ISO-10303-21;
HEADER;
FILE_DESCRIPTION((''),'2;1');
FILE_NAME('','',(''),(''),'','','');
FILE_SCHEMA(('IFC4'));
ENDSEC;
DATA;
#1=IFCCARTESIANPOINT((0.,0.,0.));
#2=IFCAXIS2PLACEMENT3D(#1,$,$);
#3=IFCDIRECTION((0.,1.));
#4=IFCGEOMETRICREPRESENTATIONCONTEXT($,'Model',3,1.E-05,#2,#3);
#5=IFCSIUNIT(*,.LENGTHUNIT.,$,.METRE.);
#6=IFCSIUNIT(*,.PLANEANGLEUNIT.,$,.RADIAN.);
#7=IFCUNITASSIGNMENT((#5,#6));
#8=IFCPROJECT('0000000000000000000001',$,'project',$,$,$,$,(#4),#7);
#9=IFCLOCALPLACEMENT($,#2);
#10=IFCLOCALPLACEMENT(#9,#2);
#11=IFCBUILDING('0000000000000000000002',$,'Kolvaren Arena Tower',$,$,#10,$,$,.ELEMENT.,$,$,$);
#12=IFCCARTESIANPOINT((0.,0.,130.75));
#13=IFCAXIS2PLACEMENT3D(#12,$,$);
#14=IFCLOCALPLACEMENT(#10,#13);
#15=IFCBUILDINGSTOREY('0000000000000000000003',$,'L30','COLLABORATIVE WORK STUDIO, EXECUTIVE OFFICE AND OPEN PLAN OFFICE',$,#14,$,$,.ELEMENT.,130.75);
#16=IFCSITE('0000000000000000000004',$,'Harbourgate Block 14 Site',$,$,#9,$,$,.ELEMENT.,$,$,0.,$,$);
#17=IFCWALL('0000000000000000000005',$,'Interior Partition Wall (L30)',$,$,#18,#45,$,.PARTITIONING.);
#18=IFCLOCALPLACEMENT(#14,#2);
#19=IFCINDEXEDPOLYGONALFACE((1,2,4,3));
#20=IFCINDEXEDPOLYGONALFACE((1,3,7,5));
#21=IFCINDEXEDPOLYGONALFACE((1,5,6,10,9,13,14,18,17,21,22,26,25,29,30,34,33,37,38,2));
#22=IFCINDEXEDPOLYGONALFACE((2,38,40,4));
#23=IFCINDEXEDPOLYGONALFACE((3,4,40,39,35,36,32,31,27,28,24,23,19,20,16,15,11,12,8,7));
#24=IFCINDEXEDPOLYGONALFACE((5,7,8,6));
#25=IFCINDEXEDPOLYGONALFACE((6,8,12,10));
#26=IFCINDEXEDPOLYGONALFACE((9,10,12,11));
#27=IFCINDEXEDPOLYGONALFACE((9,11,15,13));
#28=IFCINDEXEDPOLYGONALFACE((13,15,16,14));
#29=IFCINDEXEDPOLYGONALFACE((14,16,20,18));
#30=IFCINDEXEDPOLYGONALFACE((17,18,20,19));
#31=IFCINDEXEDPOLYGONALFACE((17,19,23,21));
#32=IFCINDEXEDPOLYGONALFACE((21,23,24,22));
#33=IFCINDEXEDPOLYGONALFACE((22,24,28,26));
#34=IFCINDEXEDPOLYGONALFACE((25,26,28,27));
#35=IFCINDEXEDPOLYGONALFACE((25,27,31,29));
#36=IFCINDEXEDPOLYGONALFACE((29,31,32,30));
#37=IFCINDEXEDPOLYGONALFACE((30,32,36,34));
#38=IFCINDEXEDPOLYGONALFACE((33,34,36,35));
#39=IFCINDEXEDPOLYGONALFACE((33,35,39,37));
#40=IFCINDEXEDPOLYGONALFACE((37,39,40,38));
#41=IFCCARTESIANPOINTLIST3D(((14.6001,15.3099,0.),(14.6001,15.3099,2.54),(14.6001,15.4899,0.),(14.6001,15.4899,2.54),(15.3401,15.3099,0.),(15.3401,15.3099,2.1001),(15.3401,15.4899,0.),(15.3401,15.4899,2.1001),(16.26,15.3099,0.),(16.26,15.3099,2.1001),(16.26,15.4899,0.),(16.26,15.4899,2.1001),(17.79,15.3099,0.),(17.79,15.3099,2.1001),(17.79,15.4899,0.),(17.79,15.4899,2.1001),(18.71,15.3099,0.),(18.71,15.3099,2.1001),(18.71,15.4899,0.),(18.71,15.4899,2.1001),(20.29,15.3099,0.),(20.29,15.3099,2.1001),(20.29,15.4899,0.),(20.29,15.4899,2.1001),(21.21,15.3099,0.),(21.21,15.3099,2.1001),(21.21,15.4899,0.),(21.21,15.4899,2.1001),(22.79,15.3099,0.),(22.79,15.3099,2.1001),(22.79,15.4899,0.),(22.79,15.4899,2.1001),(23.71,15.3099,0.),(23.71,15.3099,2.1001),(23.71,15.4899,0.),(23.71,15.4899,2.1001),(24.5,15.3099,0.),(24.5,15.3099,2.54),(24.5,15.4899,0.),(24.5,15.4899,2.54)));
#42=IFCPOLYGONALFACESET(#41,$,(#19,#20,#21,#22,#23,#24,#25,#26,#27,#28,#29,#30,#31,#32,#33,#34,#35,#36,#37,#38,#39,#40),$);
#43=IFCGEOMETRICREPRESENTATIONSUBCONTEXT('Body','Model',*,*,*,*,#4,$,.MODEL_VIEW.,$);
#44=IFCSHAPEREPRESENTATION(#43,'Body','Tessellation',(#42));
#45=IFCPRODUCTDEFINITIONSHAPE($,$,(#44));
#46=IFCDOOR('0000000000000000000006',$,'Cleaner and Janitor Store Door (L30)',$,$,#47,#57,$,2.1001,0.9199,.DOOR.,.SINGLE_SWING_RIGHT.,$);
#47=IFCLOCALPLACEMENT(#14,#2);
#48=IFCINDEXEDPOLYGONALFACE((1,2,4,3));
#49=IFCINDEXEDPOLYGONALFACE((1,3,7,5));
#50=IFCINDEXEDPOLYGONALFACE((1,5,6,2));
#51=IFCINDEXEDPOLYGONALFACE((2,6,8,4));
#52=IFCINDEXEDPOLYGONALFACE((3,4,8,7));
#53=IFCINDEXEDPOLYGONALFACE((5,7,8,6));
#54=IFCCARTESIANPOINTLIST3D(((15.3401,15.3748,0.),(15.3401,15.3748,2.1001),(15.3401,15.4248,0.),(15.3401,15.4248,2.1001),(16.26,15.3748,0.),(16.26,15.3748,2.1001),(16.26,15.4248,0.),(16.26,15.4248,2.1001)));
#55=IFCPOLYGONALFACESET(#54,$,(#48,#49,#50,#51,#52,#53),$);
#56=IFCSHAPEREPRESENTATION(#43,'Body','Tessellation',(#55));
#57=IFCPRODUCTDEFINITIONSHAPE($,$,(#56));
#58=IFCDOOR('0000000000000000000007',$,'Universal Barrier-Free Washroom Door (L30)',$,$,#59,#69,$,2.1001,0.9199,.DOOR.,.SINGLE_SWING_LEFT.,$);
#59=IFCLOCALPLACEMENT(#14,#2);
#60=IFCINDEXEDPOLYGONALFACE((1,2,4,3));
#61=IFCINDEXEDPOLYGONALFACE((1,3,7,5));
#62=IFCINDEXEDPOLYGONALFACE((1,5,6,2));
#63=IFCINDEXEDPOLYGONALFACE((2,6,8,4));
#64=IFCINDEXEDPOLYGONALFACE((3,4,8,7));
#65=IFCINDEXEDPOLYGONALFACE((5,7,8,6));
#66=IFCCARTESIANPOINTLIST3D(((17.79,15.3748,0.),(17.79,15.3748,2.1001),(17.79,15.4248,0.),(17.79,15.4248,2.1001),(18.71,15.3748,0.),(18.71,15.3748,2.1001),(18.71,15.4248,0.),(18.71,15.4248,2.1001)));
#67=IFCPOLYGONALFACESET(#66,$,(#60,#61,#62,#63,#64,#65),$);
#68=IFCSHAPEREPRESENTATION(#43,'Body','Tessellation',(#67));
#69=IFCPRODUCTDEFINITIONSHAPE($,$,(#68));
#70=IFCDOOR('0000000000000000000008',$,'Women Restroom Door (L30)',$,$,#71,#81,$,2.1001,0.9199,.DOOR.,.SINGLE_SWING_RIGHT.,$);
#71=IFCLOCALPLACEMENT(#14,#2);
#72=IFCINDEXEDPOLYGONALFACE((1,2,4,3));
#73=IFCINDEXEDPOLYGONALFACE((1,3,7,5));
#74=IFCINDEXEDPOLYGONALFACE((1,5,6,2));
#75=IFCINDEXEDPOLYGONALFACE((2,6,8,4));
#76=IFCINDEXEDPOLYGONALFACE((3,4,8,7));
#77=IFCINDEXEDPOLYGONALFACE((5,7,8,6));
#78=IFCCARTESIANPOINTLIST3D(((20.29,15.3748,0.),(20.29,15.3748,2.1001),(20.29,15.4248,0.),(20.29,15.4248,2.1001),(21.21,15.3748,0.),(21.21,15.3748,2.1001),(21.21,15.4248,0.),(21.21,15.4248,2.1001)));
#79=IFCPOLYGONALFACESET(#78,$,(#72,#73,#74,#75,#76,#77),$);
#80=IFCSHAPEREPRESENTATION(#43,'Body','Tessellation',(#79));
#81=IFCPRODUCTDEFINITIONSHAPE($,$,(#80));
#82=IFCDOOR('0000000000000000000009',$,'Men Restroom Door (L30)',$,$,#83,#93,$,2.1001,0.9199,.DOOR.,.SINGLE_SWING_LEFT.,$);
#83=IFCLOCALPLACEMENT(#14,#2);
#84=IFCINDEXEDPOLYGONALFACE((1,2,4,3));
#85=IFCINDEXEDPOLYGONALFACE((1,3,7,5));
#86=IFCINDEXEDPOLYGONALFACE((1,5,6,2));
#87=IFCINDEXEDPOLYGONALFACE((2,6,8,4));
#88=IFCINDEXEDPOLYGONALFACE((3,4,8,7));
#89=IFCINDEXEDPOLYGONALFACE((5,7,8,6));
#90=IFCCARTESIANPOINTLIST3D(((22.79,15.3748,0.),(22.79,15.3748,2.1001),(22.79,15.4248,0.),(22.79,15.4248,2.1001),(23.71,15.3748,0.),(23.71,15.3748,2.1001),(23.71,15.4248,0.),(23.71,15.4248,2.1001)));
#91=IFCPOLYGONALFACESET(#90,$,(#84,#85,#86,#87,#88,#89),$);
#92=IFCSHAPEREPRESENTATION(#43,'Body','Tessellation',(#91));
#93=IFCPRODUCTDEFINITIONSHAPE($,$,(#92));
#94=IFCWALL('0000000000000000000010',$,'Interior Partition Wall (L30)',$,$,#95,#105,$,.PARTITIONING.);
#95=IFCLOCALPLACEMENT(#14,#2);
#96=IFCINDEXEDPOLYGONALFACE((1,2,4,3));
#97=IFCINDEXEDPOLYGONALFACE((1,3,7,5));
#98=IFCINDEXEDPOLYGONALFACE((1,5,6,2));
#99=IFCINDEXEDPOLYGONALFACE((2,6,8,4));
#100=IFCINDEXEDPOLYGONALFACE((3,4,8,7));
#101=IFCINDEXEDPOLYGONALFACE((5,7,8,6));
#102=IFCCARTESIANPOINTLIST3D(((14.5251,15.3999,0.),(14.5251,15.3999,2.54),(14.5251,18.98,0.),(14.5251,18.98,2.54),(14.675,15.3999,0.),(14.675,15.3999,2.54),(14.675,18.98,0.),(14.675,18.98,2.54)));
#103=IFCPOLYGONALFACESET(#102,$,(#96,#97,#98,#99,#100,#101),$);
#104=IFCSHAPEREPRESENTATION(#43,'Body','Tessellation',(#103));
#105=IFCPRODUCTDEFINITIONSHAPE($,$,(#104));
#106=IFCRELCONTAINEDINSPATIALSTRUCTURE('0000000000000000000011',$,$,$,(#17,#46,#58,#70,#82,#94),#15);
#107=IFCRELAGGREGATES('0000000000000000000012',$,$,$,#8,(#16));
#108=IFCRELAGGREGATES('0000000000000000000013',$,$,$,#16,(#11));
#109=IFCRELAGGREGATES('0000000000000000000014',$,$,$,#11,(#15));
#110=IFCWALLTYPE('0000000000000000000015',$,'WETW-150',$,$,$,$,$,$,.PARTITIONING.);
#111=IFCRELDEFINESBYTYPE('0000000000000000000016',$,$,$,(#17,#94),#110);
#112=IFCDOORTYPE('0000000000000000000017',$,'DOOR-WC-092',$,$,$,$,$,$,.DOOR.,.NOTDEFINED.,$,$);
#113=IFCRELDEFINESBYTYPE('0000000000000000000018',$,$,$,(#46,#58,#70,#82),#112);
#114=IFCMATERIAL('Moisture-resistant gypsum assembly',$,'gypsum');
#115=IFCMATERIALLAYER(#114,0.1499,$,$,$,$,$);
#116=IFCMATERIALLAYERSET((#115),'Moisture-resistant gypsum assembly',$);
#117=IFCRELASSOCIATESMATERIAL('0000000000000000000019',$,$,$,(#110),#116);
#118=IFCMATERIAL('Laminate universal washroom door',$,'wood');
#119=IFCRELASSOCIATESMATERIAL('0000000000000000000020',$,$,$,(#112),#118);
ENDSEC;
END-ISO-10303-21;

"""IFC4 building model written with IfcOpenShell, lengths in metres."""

from ifc_helpers import new_model, si_unit, direction, frame, frame_2d, origin, place, context, subcontext, project, spatial, rectangle, extrude, material, layer, layer_set, type_object, element, fill, save


model = new_model("IFC4")

# Units and contexts
model_context = context("Model", 3, precision=1e-05, world=origin(), true_north=direction((0.0, 1.0)))
body_context = subcontext(model_context, "Body", "Model", "MODEL_VIEW")
ifc_project = project(units=[si_unit("LENGTHUNIT", "METRE"), si_unit("PLANEANGLEUNIT", "RADIAN")], contexts=[model_context])

# Site, building, storey
site_placement = place(None, origin())
site = spatial("IfcSite", under=ifc_project, at=site_placement, Name="Harbourgate Block 14 Site", CompositionType="ELEMENT", RefElevation=0.0)
building_placement = place(site_placement, origin())
building = spatial("IfcBuilding", under=site, at=building_placement, Name="Kolvaren Arena Tower", CompositionType="ELEMENT")
storey_placement = place(building_placement, frame((0.0, 0.0, 130.75)))
storey = spatial("IfcBuildingStorey", under=building, at=storey_placement, Name="L30", Description="COLLABORATIVE WORK STUDIO, EXECUTIVE OFFICE AND OPEN PLAN OFFICE", CompositionType="ELEMENT", Elevation=130.75)

# Wall, openings, doors
ifc_material_1 = material(Name="Moisture-resistant gypsum assembly", Category="gypsum")
ifc_layer_1 = layer(ifc_material_1, 0.1499)
ifc_layer_set_1 = layer_set([ifc_layer_1], Name="Moisture-resistant gypsum assembly")
wall_type_1 = type_object("IfcWallType", Name="WETW-150", PredefinedType="PARTITIONING", material=ifc_layer_set_1)
wall_1_placement = place(storey_placement, frame((14.6001, 15.3999, 0.0), z_axis=(0.0, 0.0, 1.0), x_axis=(1.0, 0.0, 0.0)))
wall_1 = element("IfcWall", 1, at=wall_1_placement, inside=storey, type_object=wall_type_1, Name="Interior Partition Wall (L30)", PredefinedType="PARTITIONING", context=body_context, shape_type="SweptSolid", body=[
    extrude(rectangle(XDim=9.8999, YDim=0.1799, at=frame_2d((4.95, 0.0))), origin(), (0.0, 0.0, 1.0), 2.54),
])
opening_1_placement = place(wall_1_placement, frame((0.74, 0.0, 0.0)))
opening_1 = element("IfcOpeningElement", 2, at=opening_1_placement, cuts=wall_1, PredefinedType="OPENING", context=body_context, shape_type="SweptSolid", body=[
    extrude(rectangle(XDim=0.9199, YDim=2.1001, at=frame_2d((0.46, 1.05))), frame((0.0, 0.0999, 0.0), z_axis=(0.0, -1.0, 0.0), x_axis=(1.0, 0.0, 0.0)), (0.0, 0.0, 1.0), 0.2),
])
opening_2_placement = place(wall_1_placement, frame((3.1899, 0.0, 0.0)))
opening_2 = element("IfcOpeningElement", 3, at=opening_2_placement, cuts=wall_1, PredefinedType="OPENING", context=body_context, shape_type="SweptSolid", body=[
    extrude(rectangle(XDim=0.9199, YDim=2.1001, at=frame_2d((0.46, 1.05))), frame((0.0, 0.0999, 0.0), z_axis=(0.0, -1.0, 0.0), x_axis=(1.0, 0.0, 0.0)), (0.0, 0.0, 1.0), 0.2),
])
opening_3_placement = place(wall_1_placement, frame((5.6899, 0.0, 0.0)))
opening_3 = element("IfcOpeningElement", 4, at=opening_3_placement, cuts=wall_1, PredefinedType="OPENING", context=body_context, shape_type="SweptSolid", body=[
    extrude(rectangle(XDim=0.9199, YDim=2.1001, at=frame_2d((0.46, 1.05))), frame((0.0, 0.0999, 0.0), z_axis=(0.0, -1.0, 0.0), x_axis=(1.0, 0.0, 0.0)), (0.0, 0.0, 1.0), 0.2),
])
opening_4_placement = place(wall_1_placement, frame((8.1899, 0.0, 0.0)))
opening_4 = element("IfcOpeningElement", 5, at=opening_4_placement, cuts=wall_1, PredefinedType="OPENING", context=body_context, shape_type="SweptSolid", body=[
    extrude(rectangle(XDim=0.9199, YDim=2.1001, at=frame_2d((0.46, 1.05))), frame((0.0, 0.0999, 0.0), z_axis=(0.0, -1.0, 0.0), x_axis=(1.0, 0.0, 0.0)), (0.0, 0.0, 1.0), 0.2),
])
ifc_material_2 = material(Name="Laminate universal washroom door", Category="wood")
door_type_1 = type_object("IfcDoorType", Name="DOOR-WC-092", OperationType="NOTDEFINED", PredefinedType="DOOR", material=ifc_material_2)
door_1_placement = place(opening_1_placement, origin())
door_1 = element("IfcDoor", 6, at=door_1_placement, inside=storey, type_object=door_type_1, Name="Cleaner and Janitor Store Door (L30)", OperationType="SINGLE_SWING_RIGHT", OverallHeight=2.1001, OverallWidth=0.9199, PredefinedType="DOOR", context=body_context, shape_type="SweptSolid", body=[
    extrude(rectangle(XDim=0.9199, YDim=2.1001, at=frame_2d((0.46, 1.05))), frame((0.0, 0.0249, 0.0), z_axis=(0.0, -1.0, 0.0), x_axis=(1.0, 0.0, 0.0)), (0.0, 0.0, 1.0), 0.05),
])
fill(opening_1, door_1)
door_2_placement = place(opening_2_placement, origin())
door_2 = element("IfcDoor", 7, at=door_2_placement, inside=storey, type_object=door_type_1, Name="Universal Barrier-Free Washroom Door (L30)", OperationType="SINGLE_SWING_LEFT", OverallHeight=2.1001, OverallWidth=0.9199, PredefinedType="DOOR", context=body_context, shape_type="SweptSolid", body=[
    extrude(rectangle(XDim=0.9199, YDim=2.1001, at=frame_2d((0.46, 1.05))), frame((0.0, 0.0249, 0.0), z_axis=(0.0, -1.0, 0.0), x_axis=(1.0, 0.0, 0.0)), (0.0, 0.0, 1.0), 0.05),
])
fill(opening_2, door_2)
door_3_placement = place(opening_3_placement, origin())
door_3 = element("IfcDoor", 8, at=door_3_placement, inside=storey, type_object=door_type_1, Name="Women Restroom Door (L30)", OperationType="SINGLE_SWING_RIGHT", OverallHeight=2.1001, OverallWidth=0.9199, PredefinedType="DOOR", context=body_context, shape_type="SweptSolid", body=[
    extrude(rectangle(XDim=0.9199, YDim=2.1001, at=frame_2d((0.46, 1.05))), frame((0.0, 0.0249, 0.0), z_axis=(0.0, -1.0, 0.0), x_axis=(1.0, 0.0, 0.0)), (0.0, 0.0, 1.0), 0.05),
])
fill(opening_3, door_3)
door_4_placement = place(opening_4_placement, origin())
door_4 = element("IfcDoor", 9, at=door_4_placement, inside=storey, type_object=door_type_1, Name="Men Restroom Door (L30)", OperationType="SINGLE_SWING_LEFT", OverallHeight=2.1001, OverallWidth=0.9199, PredefinedType="DOOR", context=body_context, shape_type="SweptSolid", body=[
    extrude(rectangle(XDim=0.9199, YDim=2.1001, at=frame_2d((0.46, 1.05))), frame((0.0, 0.0249, 0.0), z_axis=(0.0, -1.0, 0.0), x_axis=(1.0, 0.0, 0.0)), (0.0, 0.0, 1.0), 0.05),
])
fill(opening_4, door_4)

# Wall
wall_2_placement = place(storey_placement, frame((14.6001, 15.3999, 0.0), z_axis=(0.0, 0.0, 1.0), x_axis=(0.0, 1.0, 0.0)))
element("IfcWall", 10, at=wall_2_placement, inside=storey, type_object=wall_type_1, Name="Interior Partition Wall (L30)", PredefinedType="PARTITIONING", context=body_context, shape_type="SweptSolid", body=[
    extrude(rectangle(XDim=3.5801, YDim=0.1499, at=frame_2d((1.79, 0.0))), origin(), (0.0, 0.0, 1.0), 2.54),
])

save(model, "model.ifc")
